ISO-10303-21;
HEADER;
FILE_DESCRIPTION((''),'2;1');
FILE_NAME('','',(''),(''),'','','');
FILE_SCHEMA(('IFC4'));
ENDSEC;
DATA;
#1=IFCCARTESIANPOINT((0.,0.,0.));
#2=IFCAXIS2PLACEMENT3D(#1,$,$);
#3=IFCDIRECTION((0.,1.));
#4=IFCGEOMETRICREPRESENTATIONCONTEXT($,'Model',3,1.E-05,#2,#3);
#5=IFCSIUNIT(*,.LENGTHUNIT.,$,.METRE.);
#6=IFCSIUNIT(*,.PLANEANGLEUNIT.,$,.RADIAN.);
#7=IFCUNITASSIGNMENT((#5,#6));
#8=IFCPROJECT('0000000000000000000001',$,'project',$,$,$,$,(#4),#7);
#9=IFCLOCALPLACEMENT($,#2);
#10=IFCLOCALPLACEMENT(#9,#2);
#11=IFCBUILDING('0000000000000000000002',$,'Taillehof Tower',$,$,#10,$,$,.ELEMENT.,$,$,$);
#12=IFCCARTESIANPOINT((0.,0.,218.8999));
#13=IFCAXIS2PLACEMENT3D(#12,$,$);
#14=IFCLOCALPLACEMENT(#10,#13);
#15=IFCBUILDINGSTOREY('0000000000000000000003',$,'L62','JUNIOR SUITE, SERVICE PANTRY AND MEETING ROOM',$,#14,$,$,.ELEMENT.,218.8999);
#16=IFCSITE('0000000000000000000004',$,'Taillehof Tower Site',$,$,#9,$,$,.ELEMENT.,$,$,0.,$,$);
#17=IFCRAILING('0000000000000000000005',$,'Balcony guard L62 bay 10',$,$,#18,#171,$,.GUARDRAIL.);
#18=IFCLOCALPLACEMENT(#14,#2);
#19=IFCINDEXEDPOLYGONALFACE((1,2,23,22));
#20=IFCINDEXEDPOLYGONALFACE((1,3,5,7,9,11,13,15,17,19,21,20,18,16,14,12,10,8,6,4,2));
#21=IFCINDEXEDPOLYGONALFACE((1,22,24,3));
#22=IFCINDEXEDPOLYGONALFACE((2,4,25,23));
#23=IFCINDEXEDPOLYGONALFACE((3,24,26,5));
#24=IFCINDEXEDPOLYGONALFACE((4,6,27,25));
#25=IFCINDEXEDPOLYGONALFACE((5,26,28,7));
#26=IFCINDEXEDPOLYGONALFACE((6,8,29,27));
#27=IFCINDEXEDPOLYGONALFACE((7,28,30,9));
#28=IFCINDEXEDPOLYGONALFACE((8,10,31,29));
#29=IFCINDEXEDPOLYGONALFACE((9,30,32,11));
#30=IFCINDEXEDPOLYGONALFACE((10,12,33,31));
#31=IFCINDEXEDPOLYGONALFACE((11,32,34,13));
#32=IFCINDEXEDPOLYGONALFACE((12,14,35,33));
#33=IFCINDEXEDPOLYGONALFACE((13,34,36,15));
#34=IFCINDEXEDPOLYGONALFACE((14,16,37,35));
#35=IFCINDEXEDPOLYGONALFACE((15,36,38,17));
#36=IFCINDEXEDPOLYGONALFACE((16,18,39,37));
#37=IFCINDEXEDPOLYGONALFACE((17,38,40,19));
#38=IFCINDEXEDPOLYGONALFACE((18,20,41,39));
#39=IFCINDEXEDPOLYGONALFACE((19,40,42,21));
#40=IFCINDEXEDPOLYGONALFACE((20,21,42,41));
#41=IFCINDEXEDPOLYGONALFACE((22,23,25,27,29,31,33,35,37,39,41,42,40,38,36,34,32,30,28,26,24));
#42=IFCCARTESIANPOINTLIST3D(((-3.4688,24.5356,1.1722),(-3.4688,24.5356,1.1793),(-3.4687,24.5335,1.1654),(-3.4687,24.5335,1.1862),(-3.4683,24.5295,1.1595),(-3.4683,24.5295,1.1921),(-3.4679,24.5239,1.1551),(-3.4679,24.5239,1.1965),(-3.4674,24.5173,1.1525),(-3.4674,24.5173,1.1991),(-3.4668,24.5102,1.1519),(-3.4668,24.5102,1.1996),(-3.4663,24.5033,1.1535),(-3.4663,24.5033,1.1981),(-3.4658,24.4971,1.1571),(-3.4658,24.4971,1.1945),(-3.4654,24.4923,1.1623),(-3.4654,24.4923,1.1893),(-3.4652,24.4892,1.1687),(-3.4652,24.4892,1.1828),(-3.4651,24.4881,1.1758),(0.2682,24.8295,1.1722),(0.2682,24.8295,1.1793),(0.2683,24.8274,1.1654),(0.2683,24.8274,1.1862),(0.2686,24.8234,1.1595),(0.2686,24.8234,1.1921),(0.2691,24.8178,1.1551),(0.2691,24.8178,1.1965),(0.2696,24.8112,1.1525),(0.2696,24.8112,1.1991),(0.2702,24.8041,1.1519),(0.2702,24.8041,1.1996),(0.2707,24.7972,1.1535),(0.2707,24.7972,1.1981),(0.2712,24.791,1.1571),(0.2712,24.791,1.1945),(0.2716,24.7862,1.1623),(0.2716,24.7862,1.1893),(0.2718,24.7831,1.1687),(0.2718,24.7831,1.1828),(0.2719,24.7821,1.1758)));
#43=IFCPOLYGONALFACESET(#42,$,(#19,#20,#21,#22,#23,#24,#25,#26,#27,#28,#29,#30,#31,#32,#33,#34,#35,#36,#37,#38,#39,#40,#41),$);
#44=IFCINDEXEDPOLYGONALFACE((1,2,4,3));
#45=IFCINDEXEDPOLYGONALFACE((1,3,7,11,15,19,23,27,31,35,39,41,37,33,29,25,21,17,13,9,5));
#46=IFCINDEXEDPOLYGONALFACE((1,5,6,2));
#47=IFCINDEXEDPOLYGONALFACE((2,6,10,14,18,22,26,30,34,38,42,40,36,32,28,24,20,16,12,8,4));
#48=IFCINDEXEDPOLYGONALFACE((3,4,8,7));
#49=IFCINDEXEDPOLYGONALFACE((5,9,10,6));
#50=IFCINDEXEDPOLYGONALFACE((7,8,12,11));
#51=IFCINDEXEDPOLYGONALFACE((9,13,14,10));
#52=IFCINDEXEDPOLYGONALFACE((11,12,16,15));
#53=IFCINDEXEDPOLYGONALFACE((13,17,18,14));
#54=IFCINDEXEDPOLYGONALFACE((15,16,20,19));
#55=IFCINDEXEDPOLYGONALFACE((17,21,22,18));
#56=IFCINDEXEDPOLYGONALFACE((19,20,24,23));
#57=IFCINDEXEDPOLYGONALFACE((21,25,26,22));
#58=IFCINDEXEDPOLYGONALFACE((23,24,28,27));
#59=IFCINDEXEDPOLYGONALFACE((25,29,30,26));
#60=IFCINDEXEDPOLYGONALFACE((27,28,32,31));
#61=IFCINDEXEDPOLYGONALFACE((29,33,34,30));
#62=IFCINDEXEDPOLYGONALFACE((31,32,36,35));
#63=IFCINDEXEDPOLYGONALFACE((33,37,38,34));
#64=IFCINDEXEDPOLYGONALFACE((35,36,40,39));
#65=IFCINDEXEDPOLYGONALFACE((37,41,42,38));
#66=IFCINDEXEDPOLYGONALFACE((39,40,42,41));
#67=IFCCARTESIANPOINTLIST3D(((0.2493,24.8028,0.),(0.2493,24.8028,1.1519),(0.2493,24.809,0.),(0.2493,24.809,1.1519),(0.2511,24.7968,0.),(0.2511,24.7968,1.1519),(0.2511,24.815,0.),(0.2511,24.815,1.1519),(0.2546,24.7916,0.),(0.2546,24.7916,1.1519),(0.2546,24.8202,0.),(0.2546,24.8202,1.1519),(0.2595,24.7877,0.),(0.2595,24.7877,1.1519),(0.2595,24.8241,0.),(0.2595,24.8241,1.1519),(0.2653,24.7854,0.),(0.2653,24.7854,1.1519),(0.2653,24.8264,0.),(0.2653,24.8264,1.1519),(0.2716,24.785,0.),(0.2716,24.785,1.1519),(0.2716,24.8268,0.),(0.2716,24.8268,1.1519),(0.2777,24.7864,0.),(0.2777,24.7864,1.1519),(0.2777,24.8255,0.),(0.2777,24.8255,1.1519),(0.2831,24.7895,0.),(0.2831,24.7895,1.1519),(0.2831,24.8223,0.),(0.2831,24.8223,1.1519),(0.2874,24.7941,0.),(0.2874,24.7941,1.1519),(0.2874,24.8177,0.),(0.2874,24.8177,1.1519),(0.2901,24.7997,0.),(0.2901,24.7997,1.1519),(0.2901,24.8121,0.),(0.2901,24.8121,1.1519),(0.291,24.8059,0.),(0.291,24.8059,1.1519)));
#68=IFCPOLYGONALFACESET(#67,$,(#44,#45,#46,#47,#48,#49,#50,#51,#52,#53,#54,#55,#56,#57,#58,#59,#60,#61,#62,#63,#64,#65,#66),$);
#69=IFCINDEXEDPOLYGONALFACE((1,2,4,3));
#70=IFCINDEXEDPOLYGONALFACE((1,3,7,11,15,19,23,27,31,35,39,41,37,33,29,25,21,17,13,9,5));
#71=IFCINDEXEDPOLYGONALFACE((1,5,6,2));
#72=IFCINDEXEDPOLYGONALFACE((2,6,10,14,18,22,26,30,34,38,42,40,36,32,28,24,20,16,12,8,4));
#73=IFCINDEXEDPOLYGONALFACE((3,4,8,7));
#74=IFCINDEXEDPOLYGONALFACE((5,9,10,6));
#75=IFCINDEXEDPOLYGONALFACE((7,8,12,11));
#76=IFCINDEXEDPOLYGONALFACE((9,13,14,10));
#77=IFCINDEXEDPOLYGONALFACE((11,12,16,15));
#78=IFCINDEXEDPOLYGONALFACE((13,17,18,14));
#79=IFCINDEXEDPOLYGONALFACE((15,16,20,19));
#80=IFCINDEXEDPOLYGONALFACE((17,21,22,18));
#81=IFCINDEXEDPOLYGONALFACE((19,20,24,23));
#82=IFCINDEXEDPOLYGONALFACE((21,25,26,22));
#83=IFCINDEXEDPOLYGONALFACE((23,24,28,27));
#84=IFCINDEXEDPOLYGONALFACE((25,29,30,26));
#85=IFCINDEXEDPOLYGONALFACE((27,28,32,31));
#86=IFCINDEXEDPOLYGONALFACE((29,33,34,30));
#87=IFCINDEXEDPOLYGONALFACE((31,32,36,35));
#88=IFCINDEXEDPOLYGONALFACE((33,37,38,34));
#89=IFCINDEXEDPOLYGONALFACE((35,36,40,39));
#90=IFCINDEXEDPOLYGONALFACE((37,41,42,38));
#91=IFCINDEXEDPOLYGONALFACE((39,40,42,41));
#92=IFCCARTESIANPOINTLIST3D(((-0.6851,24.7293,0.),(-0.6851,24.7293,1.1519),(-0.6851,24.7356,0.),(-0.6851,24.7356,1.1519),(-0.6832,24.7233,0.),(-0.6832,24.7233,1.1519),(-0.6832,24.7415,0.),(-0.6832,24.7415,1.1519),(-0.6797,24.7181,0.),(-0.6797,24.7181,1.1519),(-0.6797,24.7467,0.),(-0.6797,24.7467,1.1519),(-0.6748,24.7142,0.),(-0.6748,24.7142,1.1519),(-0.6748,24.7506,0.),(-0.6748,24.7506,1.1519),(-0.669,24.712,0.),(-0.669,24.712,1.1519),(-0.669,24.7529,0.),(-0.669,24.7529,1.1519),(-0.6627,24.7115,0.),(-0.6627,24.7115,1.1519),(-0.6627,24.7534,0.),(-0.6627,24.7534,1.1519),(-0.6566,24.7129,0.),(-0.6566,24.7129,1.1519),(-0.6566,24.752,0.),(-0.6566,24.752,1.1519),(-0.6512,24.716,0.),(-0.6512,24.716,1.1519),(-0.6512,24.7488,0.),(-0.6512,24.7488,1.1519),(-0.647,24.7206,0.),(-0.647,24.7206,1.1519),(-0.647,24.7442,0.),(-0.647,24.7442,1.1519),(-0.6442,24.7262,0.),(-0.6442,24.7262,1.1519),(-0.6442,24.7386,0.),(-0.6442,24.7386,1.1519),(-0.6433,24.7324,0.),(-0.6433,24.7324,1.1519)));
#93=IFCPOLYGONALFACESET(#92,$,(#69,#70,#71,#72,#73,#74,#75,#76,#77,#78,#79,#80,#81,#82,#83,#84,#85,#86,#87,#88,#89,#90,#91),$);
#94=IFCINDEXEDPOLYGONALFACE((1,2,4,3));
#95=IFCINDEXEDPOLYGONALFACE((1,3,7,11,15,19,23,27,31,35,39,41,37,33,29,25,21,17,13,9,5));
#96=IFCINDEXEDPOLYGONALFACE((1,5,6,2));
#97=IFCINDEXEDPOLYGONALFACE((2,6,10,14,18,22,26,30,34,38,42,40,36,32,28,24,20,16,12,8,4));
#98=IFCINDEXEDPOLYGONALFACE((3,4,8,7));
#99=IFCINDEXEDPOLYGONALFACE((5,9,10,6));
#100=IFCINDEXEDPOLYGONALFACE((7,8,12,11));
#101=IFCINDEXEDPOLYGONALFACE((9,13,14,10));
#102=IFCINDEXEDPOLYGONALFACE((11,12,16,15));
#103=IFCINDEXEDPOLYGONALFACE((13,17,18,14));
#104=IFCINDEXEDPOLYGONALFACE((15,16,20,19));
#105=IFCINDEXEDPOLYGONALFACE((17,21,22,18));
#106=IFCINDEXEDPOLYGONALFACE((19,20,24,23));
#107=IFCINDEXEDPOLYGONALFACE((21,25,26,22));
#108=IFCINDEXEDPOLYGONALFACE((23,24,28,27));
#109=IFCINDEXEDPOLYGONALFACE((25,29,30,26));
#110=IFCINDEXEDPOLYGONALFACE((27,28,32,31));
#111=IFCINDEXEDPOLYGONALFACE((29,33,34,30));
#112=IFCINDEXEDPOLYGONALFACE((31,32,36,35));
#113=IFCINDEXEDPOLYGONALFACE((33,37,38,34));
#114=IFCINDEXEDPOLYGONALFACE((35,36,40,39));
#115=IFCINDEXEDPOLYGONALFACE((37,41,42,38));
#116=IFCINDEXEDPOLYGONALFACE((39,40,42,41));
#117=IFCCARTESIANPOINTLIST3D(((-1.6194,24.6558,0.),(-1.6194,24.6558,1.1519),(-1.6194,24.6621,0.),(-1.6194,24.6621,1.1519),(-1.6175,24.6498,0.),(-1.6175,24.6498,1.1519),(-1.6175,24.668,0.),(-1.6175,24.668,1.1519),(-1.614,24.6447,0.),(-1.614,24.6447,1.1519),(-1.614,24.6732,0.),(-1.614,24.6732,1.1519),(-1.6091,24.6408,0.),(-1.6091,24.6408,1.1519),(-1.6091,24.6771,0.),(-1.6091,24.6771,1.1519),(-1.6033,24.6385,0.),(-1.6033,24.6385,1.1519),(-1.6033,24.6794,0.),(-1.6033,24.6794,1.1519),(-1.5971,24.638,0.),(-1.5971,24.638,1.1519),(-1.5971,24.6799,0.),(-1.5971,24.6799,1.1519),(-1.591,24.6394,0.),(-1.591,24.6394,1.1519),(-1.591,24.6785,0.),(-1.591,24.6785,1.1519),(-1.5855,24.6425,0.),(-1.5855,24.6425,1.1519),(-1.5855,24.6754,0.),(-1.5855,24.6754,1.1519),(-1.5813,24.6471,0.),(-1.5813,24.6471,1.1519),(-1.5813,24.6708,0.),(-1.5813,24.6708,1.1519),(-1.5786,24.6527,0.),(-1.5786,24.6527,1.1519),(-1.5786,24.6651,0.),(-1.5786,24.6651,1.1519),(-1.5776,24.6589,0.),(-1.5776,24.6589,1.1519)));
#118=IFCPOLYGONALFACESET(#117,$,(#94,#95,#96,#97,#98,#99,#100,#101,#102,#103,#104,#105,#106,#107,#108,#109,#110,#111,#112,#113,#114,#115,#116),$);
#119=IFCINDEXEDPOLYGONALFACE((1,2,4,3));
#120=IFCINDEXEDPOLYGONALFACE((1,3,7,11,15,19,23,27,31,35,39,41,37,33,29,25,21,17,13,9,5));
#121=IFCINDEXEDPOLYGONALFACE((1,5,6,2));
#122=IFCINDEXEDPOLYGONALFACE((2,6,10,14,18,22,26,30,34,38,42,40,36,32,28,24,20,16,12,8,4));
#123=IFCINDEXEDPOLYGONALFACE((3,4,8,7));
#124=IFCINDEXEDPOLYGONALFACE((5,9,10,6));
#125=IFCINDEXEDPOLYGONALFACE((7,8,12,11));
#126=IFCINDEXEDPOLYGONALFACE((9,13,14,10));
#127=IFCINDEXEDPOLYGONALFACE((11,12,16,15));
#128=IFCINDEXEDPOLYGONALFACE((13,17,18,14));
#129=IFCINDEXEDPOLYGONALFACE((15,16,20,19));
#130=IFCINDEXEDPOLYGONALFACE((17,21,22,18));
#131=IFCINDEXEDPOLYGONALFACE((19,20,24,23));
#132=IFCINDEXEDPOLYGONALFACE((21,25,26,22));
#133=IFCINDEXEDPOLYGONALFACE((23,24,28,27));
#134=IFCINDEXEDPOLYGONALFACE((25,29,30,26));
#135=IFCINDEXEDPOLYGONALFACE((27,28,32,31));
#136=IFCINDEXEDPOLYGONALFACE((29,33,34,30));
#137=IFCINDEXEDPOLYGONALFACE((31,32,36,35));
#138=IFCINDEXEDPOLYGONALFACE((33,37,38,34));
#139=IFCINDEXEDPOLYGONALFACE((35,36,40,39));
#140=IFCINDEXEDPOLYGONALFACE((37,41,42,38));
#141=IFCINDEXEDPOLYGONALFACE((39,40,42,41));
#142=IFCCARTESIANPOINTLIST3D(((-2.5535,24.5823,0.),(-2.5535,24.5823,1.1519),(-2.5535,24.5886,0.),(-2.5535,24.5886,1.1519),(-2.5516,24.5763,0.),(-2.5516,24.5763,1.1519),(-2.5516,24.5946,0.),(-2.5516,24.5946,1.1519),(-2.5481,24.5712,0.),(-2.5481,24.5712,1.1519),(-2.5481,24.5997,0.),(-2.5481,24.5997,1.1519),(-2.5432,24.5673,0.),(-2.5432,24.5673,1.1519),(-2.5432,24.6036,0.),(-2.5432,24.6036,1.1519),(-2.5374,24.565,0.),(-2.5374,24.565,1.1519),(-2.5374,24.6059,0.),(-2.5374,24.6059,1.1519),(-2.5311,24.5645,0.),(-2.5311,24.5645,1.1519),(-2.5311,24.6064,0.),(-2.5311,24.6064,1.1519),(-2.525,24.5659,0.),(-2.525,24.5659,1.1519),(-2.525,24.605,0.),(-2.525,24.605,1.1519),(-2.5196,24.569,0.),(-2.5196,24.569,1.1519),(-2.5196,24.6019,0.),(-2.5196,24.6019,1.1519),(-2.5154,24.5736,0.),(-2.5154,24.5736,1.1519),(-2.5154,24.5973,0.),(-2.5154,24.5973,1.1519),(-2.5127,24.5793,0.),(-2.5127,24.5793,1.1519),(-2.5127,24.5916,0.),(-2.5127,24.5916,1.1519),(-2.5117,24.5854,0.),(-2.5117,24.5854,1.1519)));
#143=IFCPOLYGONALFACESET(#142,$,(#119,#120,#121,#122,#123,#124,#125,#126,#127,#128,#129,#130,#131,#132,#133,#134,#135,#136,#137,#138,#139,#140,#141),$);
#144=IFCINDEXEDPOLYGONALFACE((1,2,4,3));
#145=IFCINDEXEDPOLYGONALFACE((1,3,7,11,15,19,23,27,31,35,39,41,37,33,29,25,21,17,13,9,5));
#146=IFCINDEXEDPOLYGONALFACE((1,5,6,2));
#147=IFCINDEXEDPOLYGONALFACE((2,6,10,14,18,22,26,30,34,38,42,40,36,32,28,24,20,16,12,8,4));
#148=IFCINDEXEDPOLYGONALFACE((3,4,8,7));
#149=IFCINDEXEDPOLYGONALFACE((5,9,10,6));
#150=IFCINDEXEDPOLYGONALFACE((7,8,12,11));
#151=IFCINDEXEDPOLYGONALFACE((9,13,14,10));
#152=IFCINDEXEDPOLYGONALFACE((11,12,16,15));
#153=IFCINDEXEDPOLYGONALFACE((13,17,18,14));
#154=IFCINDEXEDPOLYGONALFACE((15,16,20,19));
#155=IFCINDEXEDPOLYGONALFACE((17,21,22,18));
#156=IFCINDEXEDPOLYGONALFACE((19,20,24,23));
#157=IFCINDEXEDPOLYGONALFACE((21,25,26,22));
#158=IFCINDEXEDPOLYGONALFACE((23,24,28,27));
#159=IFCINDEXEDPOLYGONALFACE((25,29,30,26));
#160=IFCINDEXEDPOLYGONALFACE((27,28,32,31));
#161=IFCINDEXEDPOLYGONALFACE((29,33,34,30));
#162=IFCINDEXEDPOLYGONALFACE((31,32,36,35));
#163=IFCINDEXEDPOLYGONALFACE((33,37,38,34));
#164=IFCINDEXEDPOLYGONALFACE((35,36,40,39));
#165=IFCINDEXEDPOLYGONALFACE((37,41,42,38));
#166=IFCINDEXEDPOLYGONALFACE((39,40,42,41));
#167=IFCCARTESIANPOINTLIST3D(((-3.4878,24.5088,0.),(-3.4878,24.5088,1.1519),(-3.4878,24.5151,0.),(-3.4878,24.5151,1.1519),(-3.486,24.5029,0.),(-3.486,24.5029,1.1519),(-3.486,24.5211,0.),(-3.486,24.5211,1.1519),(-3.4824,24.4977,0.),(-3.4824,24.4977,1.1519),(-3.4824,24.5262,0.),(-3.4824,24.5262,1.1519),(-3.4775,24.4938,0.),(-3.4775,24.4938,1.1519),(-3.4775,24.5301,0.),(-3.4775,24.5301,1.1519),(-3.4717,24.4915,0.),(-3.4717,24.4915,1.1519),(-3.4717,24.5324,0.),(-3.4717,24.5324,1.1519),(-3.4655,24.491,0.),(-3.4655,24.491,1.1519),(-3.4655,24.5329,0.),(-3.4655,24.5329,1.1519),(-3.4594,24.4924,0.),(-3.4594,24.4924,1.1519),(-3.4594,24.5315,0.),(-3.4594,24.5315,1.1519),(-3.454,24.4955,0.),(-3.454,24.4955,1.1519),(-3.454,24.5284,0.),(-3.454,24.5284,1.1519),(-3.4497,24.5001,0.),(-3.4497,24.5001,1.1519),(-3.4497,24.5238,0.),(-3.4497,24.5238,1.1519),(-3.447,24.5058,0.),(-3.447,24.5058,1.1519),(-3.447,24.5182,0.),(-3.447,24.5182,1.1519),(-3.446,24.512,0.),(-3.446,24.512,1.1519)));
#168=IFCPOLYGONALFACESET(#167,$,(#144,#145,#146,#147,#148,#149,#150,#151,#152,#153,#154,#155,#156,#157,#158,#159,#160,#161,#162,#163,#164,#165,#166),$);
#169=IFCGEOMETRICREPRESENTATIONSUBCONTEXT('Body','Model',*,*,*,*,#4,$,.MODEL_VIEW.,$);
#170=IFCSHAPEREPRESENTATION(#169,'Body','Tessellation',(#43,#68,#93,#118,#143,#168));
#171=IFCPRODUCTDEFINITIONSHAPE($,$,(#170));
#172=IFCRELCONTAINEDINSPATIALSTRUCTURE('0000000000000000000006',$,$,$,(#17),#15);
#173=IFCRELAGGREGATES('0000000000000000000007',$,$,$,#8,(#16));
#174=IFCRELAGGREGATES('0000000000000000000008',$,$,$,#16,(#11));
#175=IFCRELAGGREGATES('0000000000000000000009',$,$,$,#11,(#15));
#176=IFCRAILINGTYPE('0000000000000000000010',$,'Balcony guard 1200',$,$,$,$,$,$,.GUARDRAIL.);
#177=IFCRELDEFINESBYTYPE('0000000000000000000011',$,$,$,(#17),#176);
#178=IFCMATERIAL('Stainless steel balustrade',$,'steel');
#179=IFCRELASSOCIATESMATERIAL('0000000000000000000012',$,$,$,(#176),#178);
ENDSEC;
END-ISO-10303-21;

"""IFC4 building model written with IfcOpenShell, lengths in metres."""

from ifc_helpers import new_model, si_unit, direction, frame, origin, origin_2d, place, context, subcontext, project, spatial, circle, extrude, material, type_object, element, save


model = new_model("IFC4")

# Units and contexts
model_context = context("Model", 3, precision=1e-05, world=origin(), true_north=direction((0.0, 1.0)))
body_context = subcontext(model_context, "Body", "Model", "MODEL_VIEW")
ifc_project = project(units=[si_unit("LENGTHUNIT", "METRE"), si_unit("PLANEANGLEUNIT", "RADIAN")], contexts=[model_context])

# Site, building, storey
site_placement = place(None, origin())
site = spatial("IfcSite", under=ifc_project, at=site_placement, Name="Taillehof Tower Site", CompositionType="ELEMENT", RefElevation=0.0)
building_placement = place(site_placement, origin())
building = spatial("IfcBuilding", under=site, at=building_placement, Name="Taillehof Tower", CompositionType="ELEMENT")
storey_placement = place(building_placement, frame((0.0, 0.0, 218.8999)))
storey = spatial("IfcBuildingStorey", under=building, at=storey_placement, Name="L62", Description="JUNIOR SUITE, SERVICE PANTRY AND MEETING ROOM", CompositionType="ELEMENT", Elevation=218.8999)

# Railing
ifc_material_1 = material(Name="Stainless steel balustrade", Category="steel")
railing_type = type_object("IfcRailingType", Name="Balcony guard 1200", PredefinedType="GUARDRAIL", material=ifc_material_1)
railing_1_placement = place(storey_placement, frame((0.27, 24.8059, 0.0)))
element("IfcRailing", 1, at=railing_1_placement, inside=storey, type_object=railing_type, Name="Balcony guard L62 bay 10", PredefinedType="GUARDRAIL", context=body_context, shape_type="SweptSolid", body=[
    extrude(circle(Radius=0.0239, at=origin_2d()), frame((0.0, 0.0, 1.1758), z_axis=(-0.996921, -0.078415, 0.0), x_axis=(0.078415, -0.996921, 0.0)), (0.0, 0.0, 1.0), 3.7485),
    extrude(circle(Radius=0.021, at=origin_2d()), origin(), (0.0, 0.0, 1.0), 1.1519),
    extrude(circle(Radius=0.021, at=origin_2d()), frame((-0.9343, -0.0735, 0.0)), (0.0, 0.0, 1.0), 1.1519),
    extrude(circle(Radius=0.021, at=origin_2d()), frame((-1.8687, -0.147, 0.0)), (0.0, 0.0, 1.0), 1.1519),
    extrude(circle(Radius=0.021, at=origin_2d()), frame((-2.8027, -0.2205, 0.0)), (0.0, 0.0, 1.0), 1.1519),
    extrude(circle(Radius=0.021, at=origin_2d()), frame((-3.7371, -0.2939, 0.0)), (0.0, 0.0, 1.0), 1.1519),
])

save(model, "model.ifc")
